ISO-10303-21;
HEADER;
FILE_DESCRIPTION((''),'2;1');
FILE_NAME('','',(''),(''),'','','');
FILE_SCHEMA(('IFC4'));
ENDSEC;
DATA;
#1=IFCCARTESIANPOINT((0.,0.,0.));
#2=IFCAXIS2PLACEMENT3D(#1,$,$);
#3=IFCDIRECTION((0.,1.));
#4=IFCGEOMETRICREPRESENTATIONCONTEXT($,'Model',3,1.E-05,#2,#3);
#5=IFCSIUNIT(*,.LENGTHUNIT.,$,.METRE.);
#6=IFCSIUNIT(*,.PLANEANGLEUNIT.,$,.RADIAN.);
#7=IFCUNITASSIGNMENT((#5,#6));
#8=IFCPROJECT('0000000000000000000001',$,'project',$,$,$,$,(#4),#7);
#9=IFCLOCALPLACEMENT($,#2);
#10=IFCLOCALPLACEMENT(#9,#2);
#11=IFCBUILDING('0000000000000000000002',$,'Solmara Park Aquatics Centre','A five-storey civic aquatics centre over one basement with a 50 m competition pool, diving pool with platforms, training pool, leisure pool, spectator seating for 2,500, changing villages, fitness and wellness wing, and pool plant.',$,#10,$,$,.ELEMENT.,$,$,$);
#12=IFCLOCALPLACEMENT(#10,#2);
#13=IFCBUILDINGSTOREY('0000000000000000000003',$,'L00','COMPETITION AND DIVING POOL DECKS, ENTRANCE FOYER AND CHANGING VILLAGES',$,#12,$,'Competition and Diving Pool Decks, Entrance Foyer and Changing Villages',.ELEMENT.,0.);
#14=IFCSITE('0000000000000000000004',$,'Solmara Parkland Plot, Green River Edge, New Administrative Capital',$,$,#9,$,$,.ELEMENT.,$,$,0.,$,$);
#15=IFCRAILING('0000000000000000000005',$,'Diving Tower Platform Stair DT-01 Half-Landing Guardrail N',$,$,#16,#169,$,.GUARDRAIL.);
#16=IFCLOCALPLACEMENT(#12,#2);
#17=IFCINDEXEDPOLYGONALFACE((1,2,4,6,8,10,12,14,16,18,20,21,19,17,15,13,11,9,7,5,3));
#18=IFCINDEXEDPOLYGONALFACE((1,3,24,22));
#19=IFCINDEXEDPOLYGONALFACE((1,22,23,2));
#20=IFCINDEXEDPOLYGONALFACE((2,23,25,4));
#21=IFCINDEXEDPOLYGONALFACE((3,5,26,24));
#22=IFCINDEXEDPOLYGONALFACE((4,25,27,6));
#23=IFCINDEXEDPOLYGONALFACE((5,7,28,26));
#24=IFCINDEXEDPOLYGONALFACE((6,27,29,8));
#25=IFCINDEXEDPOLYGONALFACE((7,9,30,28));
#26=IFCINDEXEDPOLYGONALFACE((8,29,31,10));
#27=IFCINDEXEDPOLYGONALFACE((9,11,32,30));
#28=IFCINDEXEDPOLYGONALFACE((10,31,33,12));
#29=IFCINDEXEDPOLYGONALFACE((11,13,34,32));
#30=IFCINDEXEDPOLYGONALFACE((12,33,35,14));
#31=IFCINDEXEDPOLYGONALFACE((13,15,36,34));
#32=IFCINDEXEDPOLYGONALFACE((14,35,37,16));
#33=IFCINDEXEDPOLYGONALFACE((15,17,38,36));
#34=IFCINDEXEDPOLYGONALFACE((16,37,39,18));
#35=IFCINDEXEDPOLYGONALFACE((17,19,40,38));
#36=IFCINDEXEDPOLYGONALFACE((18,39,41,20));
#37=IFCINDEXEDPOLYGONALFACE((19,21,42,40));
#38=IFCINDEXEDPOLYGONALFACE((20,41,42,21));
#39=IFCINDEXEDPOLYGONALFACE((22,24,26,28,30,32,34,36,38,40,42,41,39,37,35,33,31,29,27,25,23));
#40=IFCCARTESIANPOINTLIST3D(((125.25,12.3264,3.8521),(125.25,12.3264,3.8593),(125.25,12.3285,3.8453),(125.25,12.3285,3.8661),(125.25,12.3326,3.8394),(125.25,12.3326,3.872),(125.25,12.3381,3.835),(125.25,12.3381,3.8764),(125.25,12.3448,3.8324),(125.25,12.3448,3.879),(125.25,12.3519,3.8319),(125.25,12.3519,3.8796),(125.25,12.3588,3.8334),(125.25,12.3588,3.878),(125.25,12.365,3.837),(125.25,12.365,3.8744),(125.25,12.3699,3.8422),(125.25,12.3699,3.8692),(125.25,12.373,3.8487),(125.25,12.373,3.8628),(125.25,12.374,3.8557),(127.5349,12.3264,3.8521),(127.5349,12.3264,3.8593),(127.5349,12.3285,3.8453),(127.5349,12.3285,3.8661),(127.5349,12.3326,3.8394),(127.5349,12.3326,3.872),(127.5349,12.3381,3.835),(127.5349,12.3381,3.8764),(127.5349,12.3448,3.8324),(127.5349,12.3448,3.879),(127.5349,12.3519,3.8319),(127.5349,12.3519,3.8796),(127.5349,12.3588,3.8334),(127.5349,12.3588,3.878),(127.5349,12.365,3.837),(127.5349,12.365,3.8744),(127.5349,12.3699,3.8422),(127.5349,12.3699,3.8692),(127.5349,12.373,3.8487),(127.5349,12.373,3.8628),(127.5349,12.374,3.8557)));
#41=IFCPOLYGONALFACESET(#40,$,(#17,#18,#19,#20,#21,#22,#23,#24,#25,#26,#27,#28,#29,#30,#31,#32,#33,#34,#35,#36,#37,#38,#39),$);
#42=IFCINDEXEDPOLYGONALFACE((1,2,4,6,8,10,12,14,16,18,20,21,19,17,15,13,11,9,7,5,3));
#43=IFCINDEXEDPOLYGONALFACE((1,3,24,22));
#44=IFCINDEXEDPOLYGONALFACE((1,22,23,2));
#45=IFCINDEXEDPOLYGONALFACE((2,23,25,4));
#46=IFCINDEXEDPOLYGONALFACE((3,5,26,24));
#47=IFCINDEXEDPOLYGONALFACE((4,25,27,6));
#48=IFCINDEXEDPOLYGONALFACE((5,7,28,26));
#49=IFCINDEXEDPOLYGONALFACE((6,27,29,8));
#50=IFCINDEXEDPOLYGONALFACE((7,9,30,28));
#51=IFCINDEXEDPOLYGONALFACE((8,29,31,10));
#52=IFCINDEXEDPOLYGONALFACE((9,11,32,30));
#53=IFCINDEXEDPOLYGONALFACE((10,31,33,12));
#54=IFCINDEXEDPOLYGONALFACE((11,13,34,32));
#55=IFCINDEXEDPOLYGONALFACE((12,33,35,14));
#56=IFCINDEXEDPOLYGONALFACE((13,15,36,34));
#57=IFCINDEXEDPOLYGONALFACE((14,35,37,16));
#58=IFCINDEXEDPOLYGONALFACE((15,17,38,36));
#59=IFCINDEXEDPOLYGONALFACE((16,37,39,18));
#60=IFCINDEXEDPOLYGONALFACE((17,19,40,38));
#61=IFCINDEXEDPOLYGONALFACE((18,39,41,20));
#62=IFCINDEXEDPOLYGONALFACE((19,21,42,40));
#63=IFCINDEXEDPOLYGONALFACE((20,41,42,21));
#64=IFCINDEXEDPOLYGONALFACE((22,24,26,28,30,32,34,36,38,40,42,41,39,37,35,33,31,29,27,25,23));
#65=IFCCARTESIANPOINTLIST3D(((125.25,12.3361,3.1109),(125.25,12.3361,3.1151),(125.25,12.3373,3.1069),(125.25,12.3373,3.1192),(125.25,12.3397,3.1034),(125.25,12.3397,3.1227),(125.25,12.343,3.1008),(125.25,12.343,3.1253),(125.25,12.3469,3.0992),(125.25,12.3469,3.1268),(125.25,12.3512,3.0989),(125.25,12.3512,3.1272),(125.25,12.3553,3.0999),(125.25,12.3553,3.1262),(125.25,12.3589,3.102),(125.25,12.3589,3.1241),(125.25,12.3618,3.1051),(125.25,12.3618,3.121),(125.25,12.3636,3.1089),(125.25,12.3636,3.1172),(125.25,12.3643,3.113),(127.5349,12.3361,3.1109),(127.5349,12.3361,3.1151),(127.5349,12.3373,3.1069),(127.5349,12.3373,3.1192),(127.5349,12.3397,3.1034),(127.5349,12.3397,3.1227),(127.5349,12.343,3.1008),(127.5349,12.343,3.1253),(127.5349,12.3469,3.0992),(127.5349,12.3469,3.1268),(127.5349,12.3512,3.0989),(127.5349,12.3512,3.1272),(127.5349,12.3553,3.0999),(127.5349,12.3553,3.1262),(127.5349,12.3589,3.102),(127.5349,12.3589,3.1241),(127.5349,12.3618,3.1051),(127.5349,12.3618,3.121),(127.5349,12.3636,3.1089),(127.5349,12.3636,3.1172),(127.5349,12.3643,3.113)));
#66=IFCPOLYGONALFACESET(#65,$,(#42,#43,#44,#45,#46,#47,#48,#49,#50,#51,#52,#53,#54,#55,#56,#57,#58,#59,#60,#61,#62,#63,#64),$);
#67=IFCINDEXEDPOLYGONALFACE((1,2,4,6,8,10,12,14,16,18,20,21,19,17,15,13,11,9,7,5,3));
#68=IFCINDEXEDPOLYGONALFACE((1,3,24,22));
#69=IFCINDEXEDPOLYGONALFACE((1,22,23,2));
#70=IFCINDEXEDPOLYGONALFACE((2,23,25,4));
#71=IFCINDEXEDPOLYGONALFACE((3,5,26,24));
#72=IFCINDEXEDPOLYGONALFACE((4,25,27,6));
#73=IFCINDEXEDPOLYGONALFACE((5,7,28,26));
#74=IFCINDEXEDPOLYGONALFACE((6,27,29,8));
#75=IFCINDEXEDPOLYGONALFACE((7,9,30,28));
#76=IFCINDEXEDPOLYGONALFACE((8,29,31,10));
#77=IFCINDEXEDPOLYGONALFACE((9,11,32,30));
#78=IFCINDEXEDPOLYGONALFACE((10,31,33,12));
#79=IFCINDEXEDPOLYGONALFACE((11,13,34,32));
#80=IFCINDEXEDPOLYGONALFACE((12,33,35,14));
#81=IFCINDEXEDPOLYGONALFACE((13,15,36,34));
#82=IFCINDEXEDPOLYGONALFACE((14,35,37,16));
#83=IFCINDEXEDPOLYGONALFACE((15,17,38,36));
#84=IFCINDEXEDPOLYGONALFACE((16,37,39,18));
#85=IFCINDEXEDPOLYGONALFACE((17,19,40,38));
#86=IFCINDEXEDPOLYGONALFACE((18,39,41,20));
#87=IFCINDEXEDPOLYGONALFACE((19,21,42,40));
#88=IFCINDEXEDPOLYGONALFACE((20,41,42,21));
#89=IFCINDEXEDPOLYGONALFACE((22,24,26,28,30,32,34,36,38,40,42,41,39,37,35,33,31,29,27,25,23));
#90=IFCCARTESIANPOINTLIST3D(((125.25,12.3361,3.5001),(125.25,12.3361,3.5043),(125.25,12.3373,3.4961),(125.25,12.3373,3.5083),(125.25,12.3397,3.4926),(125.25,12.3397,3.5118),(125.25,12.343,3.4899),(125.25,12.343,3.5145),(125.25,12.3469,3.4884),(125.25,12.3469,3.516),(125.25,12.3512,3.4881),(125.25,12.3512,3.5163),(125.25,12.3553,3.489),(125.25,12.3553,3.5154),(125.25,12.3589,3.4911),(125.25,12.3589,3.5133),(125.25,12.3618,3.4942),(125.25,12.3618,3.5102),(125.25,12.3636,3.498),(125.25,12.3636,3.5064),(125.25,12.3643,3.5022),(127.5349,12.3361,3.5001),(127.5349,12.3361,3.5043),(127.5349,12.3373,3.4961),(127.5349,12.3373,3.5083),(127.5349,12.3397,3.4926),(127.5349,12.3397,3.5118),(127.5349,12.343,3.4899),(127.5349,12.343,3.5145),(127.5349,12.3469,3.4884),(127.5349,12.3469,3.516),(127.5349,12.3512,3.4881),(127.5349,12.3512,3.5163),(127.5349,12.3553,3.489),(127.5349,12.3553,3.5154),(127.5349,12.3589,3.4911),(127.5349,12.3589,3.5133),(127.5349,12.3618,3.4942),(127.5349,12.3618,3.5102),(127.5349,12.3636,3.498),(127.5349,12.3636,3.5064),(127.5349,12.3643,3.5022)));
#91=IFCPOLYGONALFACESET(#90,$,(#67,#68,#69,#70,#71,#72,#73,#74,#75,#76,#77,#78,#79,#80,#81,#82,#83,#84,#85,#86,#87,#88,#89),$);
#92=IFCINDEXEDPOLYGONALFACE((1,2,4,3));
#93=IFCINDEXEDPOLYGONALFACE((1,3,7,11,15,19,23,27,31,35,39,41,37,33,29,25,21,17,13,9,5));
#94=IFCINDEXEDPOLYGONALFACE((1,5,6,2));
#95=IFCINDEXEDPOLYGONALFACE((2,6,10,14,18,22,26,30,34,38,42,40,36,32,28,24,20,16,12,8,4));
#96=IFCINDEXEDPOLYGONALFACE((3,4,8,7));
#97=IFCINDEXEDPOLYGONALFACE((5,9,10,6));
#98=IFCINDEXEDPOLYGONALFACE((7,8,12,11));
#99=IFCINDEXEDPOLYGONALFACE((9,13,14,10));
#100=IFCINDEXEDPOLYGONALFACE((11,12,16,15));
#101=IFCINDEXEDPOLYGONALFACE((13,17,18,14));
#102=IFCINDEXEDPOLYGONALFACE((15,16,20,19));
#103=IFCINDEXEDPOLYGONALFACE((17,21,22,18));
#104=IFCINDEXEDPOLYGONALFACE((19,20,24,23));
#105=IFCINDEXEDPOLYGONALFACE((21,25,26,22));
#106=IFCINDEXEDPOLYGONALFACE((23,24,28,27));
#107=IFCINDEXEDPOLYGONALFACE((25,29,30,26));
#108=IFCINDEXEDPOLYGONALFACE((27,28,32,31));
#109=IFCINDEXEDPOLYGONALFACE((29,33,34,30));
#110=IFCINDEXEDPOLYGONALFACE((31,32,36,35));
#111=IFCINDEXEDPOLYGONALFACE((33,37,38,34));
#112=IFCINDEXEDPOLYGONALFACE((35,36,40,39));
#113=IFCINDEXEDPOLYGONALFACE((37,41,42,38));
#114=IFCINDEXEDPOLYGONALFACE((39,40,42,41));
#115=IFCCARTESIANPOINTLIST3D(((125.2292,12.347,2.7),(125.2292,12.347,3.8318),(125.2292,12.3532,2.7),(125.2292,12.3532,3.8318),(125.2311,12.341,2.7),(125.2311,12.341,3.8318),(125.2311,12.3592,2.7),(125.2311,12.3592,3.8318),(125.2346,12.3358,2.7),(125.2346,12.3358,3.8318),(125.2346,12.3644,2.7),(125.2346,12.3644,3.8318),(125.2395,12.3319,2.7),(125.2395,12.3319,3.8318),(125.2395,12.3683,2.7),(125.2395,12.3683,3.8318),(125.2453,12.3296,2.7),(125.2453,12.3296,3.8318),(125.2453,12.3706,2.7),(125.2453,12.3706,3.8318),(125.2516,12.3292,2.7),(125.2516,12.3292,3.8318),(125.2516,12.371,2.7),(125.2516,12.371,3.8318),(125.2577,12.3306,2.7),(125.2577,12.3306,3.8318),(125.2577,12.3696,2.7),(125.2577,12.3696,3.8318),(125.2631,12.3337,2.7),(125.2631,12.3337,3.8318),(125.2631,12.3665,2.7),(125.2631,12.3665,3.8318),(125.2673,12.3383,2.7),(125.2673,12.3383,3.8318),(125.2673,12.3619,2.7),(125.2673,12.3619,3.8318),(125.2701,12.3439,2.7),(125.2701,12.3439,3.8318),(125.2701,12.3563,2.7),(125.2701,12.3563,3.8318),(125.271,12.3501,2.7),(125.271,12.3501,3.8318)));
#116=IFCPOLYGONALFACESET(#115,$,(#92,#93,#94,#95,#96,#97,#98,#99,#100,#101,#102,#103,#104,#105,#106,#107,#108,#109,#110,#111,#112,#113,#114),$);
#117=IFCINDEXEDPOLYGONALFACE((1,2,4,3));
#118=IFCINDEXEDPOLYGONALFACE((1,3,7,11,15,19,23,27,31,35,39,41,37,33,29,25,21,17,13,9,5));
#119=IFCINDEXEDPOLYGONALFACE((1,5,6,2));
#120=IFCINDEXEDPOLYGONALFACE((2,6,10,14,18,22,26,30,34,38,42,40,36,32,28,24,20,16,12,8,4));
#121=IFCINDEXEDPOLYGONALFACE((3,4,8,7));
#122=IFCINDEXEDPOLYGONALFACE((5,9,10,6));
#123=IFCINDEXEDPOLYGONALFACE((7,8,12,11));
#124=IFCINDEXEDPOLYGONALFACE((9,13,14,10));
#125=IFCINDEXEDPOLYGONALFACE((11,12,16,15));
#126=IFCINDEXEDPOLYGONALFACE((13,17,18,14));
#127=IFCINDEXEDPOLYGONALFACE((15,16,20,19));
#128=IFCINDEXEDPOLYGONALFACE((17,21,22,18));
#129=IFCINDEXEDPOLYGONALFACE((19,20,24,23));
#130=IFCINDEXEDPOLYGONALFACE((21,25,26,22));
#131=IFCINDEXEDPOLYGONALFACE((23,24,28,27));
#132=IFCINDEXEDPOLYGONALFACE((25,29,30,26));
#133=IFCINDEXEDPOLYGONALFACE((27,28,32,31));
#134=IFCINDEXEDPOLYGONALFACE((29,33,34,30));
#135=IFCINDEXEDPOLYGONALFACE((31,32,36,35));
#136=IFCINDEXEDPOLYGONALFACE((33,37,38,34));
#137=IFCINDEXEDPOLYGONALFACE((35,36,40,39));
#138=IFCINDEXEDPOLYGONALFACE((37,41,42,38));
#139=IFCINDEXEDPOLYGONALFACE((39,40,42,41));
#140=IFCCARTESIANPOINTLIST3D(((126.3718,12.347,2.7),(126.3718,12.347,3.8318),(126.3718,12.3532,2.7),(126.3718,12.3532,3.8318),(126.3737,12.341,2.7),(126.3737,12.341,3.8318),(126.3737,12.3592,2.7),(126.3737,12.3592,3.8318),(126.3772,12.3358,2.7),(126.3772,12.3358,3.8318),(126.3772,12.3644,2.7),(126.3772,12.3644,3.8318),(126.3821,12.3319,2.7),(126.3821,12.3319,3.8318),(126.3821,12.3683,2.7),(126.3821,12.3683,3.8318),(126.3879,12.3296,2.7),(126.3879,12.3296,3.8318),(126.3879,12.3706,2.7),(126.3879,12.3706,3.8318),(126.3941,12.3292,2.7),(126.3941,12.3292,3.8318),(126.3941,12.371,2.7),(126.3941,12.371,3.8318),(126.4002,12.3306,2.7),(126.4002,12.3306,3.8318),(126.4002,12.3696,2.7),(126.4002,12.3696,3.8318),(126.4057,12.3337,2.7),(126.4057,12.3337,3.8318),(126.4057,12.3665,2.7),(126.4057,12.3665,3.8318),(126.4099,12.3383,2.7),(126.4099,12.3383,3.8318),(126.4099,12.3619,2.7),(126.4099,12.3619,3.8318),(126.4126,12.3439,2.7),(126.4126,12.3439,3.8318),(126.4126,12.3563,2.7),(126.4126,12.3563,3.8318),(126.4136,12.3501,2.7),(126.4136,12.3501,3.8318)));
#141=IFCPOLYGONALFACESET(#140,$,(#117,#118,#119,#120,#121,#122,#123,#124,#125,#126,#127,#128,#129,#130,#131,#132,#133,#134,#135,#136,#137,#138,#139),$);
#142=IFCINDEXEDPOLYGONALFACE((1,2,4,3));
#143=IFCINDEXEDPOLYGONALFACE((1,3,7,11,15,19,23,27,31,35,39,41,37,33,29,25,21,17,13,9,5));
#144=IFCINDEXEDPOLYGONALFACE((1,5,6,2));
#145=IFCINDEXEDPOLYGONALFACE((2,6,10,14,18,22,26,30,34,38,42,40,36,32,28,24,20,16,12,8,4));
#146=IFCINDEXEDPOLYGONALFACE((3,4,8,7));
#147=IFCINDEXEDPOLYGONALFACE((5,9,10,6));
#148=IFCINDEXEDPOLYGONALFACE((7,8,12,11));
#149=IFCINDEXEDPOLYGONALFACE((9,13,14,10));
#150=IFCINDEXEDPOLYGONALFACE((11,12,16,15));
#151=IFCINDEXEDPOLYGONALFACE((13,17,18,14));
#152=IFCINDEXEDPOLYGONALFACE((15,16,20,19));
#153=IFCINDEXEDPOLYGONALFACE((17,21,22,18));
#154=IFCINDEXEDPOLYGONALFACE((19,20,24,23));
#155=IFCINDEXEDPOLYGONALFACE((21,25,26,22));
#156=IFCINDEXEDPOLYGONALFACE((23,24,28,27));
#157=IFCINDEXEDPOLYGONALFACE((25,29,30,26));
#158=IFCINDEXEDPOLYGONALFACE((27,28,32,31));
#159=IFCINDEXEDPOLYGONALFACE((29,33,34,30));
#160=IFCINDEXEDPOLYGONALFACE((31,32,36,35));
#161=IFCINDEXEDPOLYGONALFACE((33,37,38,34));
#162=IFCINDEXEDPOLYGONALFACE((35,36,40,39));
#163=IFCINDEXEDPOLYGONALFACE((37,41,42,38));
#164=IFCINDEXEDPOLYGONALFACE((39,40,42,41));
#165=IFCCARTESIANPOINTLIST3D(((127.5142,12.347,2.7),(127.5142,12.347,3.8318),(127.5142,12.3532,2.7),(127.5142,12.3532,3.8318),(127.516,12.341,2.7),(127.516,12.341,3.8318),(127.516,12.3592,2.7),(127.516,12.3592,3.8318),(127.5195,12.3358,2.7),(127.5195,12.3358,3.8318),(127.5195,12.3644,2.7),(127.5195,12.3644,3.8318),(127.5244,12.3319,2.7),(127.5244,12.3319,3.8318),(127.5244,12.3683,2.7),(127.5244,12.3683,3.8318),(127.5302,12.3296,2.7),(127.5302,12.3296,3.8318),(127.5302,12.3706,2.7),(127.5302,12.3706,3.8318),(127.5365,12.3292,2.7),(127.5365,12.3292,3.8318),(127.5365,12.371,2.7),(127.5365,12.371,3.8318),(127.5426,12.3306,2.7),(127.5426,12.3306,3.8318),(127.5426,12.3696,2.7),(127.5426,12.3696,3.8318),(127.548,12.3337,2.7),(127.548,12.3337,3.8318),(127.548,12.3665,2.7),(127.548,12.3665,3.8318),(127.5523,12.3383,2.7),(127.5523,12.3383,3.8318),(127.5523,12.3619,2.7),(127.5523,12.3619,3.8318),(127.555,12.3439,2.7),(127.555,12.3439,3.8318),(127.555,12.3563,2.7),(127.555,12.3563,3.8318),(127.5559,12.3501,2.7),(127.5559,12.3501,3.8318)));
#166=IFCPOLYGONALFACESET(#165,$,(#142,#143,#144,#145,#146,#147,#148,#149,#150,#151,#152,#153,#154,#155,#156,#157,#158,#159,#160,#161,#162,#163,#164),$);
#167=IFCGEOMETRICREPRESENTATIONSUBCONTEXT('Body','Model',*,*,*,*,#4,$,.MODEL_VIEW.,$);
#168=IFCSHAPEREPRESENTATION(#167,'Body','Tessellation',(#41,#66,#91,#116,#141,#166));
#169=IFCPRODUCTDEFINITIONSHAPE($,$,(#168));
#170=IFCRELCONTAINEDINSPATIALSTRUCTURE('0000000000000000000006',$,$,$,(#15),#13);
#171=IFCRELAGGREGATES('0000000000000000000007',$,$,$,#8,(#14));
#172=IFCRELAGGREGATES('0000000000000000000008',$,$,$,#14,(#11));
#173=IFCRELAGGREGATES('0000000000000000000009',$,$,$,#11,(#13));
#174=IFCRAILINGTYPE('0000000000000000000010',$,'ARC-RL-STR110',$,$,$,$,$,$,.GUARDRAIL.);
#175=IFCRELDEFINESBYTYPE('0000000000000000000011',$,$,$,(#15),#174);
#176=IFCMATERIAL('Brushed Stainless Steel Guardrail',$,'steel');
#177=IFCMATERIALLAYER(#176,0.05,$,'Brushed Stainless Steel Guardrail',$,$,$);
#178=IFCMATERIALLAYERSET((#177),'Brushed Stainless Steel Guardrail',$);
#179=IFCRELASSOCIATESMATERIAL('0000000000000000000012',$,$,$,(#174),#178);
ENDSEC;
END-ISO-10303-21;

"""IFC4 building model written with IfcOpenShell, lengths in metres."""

from ifc_helpers import new_model, si_unit, direction, frame, origin, origin_2d, place, context, subcontext, project, spatial, circle, extrude, material, layer, layer_set, type_object, element, save


model = new_model("IFC4")

# Units and contexts
model_context = context("Model", 3, precision=1e-05, world=origin(), true_north=direction((0.0, 1.0)))
body_context = subcontext(model_context, "Body", "Model", "MODEL_VIEW")
ifc_project = project(units=[si_unit("LENGTHUNIT", "METRE"), si_unit("PLANEANGLEUNIT", "RADIAN")], contexts=[model_context])

# Site, building, storey
site_placement = place(None, origin())
site = spatial("IfcSite", under=ifc_project, at=site_placement, Name="Solmara Parkland Plot, Green River Edge, New Administrative Capital", CompositionType="ELEMENT", RefElevation=0.0)
building_placement = place(site_placement, origin())
building = spatial("IfcBuilding", under=site, at=building_placement, Name="Solmara Park Aquatics Centre", Description="A five-storey civic aquatics centre over one basement with a 50 m competition pool, diving pool with platforms, training pool, leisure pool, spectator seating for 2,500, changing villages, fitness and wellness wing, and pool plant.", CompositionType="ELEMENT")
storey_placement = place(building_placement, origin())
storey = spatial("IfcBuildingStorey", under=building, at=storey_placement, Name="L00", Description="COMPETITION AND DIVING POOL DECKS, ENTRANCE FOYER AND CHANGING VILLAGES", LongName="Competition and Diving Pool Decks, Entrance Foyer and Changing Villages", CompositionType="ELEMENT", Elevation=0.0)

# Railing
ifc_material_1 = material(Name="Brushed Stainless Steel Guardrail", Category="steel")
ifc_layer_1 = layer(ifc_material_1, 0.05, Name="Brushed Stainless Steel Guardrail")
ifc_layer_set_1 = layer_set([ifc_layer_1], Name="Brushed Stainless Steel Guardrail")
railing_type_1 = type_object("IfcRailingType", Name="ARC-RL-STR110", PredefinedType="GUARDRAIL", material=ifc_layer_set_1)
railing_1_placement = place(storey_placement, frame((125.25, 12.3501, 2.7)))
element("IfcRailing", 1, at=railing_1_placement, inside=storey, type_object=railing_type_1, Name="Diving Tower Platform Stair DT-01 Half-Landing Guardrail N", PredefinedType="GUARDRAIL", context=body_context, shape_type="SweptSolid", body=[
    extrude(circle(Radius=0.0239, at=origin_2d()), frame((0.0, 0.0, 1.1558), z_axis=(1.0, 0.0, 0.0), x_axis=(0.0, 1.0, 0.0)), (0.0, 0.0, 1.0), 2.2849),
    extrude(circle(Radius=0.0142, at=origin_2d()), frame((0.0, 0.0, 0.4131), z_axis=(1.0, 0.0, 0.0), x_axis=(0.0, 1.0, 0.0)), (0.0, 0.0, 1.0), 2.2849),
    extrude(circle(Radius=0.0142, at=origin_2d()), frame((0.0, 0.0, 0.8022), z_axis=(1.0, 0.0, 0.0), x_axis=(0.0, 1.0, 0.0)), (0.0, 0.0, 1.0), 2.2849),
    extrude(circle(Radius=0.021, at=origin_2d()), origin(), (0.0, 0.0, 1.0), 1.1318),
    extrude(circle(Radius=0.021, at=origin_2d()), frame((1.1426, 0.0, 0.0)), (0.0, 0.0, 1.0), 1.1318),
    extrude(circle(Radius=0.021, at=origin_2d()), frame((2.2849, 0.0, 0.0)), (0.0, 0.0, 1.0), 1.1318),
])

save(model, "model.ifc")
